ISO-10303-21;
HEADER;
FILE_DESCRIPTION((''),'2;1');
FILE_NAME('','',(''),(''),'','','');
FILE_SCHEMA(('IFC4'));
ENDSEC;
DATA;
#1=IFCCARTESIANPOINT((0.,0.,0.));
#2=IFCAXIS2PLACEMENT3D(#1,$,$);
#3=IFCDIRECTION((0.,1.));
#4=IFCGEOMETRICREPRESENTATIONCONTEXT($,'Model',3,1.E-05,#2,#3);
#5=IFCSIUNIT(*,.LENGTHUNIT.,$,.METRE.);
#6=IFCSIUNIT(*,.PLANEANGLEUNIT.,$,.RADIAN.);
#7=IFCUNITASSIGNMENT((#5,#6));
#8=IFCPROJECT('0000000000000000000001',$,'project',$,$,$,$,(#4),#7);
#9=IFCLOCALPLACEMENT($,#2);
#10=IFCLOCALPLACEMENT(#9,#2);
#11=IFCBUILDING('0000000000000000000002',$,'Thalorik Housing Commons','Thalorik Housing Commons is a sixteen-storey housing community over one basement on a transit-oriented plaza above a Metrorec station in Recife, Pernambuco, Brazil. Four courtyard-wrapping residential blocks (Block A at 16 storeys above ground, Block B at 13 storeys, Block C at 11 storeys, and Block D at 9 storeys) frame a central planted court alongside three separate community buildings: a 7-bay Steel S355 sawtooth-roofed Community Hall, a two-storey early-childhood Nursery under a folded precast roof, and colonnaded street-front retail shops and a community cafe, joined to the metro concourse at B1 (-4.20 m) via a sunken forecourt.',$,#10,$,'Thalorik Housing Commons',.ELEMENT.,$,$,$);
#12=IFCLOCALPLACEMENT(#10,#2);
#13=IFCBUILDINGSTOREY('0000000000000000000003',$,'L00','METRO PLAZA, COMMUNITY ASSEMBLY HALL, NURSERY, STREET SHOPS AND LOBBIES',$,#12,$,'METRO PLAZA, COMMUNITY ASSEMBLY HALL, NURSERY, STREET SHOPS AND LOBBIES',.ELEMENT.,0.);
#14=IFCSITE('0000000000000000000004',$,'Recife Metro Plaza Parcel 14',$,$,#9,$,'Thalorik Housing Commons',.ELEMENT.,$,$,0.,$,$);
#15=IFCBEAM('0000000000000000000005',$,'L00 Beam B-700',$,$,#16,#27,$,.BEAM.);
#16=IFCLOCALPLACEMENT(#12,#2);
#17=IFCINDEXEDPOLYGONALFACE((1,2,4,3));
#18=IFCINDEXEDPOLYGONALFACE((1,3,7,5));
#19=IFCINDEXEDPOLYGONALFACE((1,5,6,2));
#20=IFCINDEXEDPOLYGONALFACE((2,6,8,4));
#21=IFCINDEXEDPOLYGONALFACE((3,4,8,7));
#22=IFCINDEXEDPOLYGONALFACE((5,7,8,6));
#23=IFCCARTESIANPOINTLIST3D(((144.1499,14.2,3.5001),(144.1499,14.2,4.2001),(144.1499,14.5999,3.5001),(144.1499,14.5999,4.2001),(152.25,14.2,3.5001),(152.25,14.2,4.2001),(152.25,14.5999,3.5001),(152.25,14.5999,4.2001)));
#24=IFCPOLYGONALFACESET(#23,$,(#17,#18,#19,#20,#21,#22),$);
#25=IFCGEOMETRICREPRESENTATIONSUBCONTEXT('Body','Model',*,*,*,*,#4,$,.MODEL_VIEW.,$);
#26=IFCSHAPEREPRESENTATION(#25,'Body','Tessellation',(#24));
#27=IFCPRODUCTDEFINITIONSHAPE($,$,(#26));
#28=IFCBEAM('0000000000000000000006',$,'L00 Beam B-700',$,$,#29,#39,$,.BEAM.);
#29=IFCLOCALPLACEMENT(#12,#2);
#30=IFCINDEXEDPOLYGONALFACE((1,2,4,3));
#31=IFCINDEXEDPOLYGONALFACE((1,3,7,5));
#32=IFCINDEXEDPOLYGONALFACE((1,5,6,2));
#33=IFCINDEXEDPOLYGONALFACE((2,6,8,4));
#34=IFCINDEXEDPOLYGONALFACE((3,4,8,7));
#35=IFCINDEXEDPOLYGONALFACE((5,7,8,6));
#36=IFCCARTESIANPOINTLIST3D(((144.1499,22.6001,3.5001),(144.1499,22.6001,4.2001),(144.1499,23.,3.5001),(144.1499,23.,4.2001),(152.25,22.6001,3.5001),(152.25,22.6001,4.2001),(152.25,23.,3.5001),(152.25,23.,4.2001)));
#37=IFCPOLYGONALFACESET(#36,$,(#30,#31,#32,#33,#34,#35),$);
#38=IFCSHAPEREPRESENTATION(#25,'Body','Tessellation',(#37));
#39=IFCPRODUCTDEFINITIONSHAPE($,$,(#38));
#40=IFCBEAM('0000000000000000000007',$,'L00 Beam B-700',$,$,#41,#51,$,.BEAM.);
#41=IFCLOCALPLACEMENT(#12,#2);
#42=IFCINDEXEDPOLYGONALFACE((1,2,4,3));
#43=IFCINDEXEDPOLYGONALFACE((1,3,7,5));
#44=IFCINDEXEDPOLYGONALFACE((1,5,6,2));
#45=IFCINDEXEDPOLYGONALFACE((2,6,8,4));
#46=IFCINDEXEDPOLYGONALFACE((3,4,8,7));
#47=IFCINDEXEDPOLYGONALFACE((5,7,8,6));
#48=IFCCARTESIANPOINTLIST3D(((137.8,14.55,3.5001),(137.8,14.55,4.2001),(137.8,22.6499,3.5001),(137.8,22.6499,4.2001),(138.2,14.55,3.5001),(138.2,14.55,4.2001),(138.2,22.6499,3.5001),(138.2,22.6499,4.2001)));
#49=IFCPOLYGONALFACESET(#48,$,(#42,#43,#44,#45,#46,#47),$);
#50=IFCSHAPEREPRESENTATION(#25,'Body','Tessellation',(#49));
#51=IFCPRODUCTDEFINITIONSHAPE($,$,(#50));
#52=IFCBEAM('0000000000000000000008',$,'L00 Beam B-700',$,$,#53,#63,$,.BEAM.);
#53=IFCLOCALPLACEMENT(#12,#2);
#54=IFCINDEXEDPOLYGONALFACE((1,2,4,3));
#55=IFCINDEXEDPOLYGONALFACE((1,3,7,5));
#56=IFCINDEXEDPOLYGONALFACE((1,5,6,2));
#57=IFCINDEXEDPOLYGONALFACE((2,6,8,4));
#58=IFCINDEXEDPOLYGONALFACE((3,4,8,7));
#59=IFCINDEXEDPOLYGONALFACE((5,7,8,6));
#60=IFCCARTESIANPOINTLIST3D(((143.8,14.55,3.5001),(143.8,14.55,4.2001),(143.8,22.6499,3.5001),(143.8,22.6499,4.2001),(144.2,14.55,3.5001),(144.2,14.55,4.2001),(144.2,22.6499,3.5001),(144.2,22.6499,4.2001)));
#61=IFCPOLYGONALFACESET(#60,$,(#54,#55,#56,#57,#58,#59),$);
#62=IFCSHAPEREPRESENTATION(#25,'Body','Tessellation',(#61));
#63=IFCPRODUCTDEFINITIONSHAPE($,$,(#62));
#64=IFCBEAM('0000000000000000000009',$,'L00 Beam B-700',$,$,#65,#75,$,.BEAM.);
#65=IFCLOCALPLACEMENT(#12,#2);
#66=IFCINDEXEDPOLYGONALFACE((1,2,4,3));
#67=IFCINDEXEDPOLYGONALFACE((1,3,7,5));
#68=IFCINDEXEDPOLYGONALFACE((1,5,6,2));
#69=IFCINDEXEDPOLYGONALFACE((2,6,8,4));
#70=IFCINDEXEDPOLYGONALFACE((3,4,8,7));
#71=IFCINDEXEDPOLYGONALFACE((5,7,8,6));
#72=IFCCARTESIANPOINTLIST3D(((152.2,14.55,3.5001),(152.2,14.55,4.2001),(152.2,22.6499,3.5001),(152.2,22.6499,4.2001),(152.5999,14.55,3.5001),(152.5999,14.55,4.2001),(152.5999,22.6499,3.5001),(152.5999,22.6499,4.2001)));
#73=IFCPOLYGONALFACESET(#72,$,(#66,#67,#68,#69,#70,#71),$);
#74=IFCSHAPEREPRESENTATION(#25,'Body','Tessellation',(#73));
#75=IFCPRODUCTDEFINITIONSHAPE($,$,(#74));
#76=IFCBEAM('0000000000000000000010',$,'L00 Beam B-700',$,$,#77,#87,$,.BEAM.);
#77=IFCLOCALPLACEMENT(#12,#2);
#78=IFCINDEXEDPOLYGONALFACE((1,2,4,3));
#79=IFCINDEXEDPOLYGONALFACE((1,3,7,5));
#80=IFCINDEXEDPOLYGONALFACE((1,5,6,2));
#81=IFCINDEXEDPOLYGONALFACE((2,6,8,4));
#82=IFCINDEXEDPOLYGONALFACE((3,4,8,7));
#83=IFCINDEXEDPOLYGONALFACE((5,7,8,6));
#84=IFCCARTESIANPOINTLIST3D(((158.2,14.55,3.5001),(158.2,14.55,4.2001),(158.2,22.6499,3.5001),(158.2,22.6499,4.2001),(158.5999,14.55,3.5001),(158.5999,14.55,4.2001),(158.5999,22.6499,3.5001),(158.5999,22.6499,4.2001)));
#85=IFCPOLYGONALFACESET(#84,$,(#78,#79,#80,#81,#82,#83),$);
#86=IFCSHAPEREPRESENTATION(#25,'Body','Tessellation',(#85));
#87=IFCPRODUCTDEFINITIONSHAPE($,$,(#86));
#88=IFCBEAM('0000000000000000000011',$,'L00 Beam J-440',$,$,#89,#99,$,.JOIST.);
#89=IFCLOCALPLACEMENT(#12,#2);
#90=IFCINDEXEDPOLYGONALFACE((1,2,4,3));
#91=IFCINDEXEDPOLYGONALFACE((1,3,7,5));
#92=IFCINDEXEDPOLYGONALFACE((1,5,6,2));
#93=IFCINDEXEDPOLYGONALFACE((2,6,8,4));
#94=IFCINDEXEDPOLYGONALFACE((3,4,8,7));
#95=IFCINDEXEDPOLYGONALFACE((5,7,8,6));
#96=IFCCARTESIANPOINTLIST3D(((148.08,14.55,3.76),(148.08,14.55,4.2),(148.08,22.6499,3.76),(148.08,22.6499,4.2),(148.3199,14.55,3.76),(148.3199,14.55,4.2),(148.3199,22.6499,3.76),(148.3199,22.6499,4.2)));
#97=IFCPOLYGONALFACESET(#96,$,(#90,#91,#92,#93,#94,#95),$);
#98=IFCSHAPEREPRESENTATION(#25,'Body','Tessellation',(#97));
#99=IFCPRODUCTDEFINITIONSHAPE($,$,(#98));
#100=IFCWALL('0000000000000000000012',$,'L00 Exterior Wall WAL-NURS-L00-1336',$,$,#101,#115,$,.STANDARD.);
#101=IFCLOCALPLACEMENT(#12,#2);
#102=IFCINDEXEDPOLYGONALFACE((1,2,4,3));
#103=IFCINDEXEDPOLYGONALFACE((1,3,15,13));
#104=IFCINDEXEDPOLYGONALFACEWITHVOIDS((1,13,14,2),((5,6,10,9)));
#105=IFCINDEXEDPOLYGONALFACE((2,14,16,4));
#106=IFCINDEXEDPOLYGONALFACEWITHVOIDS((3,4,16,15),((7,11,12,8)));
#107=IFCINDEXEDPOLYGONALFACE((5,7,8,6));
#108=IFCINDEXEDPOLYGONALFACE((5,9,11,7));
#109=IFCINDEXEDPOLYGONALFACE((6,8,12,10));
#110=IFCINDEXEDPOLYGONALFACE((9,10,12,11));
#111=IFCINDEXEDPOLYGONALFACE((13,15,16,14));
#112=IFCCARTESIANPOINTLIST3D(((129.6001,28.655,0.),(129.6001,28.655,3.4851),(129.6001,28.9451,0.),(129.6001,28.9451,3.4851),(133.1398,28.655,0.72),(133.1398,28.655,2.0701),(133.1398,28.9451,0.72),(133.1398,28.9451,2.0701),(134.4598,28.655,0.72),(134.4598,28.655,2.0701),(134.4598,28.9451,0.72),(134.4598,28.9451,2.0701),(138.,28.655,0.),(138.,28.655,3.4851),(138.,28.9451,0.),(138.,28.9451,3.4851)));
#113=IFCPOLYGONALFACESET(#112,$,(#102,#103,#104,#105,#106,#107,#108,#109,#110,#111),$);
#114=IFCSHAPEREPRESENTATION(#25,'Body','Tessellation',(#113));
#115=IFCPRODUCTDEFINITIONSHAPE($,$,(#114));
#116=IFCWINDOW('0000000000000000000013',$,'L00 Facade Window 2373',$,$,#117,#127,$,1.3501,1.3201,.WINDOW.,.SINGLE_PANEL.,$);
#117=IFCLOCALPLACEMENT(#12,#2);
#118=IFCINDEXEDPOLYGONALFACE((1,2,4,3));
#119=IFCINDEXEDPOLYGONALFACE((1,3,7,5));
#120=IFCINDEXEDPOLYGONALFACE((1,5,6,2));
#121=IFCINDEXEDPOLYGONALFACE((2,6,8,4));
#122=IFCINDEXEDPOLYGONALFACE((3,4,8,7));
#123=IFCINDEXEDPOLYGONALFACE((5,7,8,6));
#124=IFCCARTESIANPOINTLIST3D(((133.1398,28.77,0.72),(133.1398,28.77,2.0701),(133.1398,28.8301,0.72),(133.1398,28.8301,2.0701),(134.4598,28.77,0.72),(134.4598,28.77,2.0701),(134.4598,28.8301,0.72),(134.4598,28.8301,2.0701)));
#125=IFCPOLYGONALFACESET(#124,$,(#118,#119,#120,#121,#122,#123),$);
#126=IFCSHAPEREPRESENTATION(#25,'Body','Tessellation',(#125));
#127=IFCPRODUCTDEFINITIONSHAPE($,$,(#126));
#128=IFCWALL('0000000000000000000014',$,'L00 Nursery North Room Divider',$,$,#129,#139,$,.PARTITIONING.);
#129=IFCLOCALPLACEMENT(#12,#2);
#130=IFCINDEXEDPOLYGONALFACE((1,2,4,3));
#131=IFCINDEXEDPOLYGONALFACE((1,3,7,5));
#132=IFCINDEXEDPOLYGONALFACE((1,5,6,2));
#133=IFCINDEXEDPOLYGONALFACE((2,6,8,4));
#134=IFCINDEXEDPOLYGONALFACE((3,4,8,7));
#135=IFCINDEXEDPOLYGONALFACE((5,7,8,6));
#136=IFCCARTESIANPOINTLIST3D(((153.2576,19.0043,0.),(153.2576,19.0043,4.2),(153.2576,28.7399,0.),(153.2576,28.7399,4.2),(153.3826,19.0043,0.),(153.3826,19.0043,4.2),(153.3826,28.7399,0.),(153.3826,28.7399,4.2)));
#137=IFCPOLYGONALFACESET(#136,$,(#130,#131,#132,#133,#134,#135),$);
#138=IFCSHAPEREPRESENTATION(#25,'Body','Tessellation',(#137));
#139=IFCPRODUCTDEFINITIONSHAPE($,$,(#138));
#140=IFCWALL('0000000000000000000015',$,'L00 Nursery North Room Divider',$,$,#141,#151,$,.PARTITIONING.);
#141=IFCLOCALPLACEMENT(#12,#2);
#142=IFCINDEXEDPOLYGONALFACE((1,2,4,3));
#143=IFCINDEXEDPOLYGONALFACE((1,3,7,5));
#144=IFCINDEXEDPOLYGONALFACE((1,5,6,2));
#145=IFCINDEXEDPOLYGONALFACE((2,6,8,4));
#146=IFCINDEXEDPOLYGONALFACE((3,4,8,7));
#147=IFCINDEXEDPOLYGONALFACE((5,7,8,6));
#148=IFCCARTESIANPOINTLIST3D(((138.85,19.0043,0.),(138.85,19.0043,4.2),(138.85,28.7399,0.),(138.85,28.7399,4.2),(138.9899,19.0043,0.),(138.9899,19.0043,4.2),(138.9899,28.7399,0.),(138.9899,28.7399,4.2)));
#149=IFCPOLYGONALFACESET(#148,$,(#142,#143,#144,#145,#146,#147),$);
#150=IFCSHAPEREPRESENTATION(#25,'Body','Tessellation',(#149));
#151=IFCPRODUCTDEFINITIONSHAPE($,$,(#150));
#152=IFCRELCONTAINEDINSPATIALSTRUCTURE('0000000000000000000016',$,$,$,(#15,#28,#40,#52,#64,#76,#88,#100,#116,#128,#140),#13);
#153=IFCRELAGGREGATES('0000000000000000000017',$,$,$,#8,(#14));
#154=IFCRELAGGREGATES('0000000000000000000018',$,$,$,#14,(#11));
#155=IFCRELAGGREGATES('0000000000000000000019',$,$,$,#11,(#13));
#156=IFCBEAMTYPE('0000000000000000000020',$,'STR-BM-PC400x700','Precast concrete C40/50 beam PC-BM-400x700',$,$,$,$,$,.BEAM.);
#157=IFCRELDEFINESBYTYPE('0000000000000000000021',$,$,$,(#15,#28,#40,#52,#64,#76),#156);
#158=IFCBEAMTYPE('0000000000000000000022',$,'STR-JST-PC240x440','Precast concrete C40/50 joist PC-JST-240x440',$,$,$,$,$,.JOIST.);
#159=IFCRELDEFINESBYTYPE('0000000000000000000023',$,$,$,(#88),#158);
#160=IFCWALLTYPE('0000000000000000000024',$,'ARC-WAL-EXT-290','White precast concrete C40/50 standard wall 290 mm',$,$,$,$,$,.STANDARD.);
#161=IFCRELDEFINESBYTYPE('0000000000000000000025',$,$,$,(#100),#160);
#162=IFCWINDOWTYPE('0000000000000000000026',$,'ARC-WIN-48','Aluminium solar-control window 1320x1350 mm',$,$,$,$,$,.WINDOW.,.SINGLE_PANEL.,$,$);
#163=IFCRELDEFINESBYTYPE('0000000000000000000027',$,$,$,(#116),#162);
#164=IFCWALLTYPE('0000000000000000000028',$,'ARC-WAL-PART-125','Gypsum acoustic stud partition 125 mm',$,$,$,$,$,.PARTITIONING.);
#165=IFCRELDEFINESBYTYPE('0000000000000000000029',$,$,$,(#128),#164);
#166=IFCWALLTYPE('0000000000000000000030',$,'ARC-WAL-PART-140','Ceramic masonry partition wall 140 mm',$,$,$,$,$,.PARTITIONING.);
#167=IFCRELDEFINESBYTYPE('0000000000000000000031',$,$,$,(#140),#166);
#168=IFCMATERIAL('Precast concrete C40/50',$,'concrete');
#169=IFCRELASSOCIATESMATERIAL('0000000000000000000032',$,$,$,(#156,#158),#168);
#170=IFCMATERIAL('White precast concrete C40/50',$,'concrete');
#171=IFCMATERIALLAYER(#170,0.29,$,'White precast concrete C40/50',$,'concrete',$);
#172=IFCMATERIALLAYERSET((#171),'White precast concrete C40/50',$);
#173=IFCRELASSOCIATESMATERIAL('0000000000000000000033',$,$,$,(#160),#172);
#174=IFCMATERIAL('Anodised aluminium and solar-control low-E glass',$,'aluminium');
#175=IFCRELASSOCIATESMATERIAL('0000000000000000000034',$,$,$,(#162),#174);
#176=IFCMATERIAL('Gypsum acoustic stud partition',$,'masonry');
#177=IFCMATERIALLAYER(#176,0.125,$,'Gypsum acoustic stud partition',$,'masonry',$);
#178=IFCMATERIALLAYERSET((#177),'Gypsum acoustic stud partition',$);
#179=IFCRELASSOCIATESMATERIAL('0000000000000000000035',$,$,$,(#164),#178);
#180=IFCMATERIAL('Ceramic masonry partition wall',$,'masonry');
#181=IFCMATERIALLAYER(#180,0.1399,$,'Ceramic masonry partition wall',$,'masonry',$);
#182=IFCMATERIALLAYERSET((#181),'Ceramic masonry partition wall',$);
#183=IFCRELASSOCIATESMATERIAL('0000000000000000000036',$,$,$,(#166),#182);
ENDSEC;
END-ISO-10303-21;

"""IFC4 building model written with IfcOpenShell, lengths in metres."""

from ifc_helpers import new_model, si_unit, direction, frame, frame_2d, origin, origin_2d, place, context, subcontext, project, spatial, rectangle, extrude, material, layer, layer_set, material_profile, profile_set, type_object, element, fill, save


model = new_model("IFC4")

# Units and contexts
model_context = context("Model", 3, precision=1e-05, world=origin(), true_north=direction((0.0, 1.0)))
body_context = subcontext(model_context, "Body", "Model", "MODEL_VIEW")
ifc_project = project(units=[si_unit("LENGTHUNIT", "METRE"), si_unit("PLANEANGLEUNIT", "RADIAN")], contexts=[model_context])

# Site, building, storey
site_placement = place(None, origin())
site = spatial("IfcSite", under=ifc_project, at=site_placement, Name="Recife Metro Plaza Parcel 14", LongName="Thalorik Housing Commons", CompositionType="ELEMENT", RefElevation=0.0)
building_placement = place(site_placement, origin())
building = spatial("IfcBuilding", under=site, at=building_placement, Name="Thalorik Housing Commons", Description="Thalorik Housing Commons is a sixteen-storey housing community over one basement on a transit-oriented plaza above a Metrorec station in Recife, Pernambuco, Brazil. Four courtyard-wrapping residential blocks (Block A at 16 storeys above ground, Block B at 13 storeys, Block C at 11 storeys, and Block D at 9 storeys) frame a central planted court alongside three separate community buildings: a 7-bay Steel S355 sawtooth-roofed Community Hall, a two-storey early-childhood Nursery under a folded precast roof, and colonnaded street-front retail shops and a community cafe, joined to the metro concourse at B1 (-4.20 m) via a sunken forecourt.", LongName="Thalorik Housing Commons", CompositionType="ELEMENT")
storey_placement = place(building_placement, origin())
storey = spatial("IfcBuildingStorey", under=building, at=storey_placement, Name="L00", Description="METRO PLAZA, COMMUNITY ASSEMBLY HALL, NURSERY, STREET SHOPS AND LOBBIES", LongName="METRO PLAZA, COMMUNITY ASSEMBLY HALL, NURSERY, STREET SHOPS AND LOBBIES", CompositionType="ELEMENT", Elevation=0.0)

# Shared definitions
ifc_material_1 = material(Name="Precast concrete C40/50", Category="concrete")

# Beams
ifc_material_profile_1 = material_profile(ifc_material_1, rectangle(XDim=0.3999, YDim=0.7, at=origin_2d()), Name="PC 400x700", Category="concrete")
ifc_profile_set_1 = profile_set([ifc_material_profile_1], Name="Precast concrete C40/50")
beam_type_1 = type_object("IfcBeamType", Name="STR-BM-PC400x700", Description="Precast concrete C40/50 beam PC-BM-400x700", PredefinedType="BEAM", material=ifc_profile_set_1)
for number, where, z_axis, x_axis, name in (
    (1, (144.1499, 14.3999, 3.8501), (1.0, 0.0, 0.0), (0.0, 1.0, 0.0), "L00 Beam B-700"),
    (2, (144.1499, 22.8, 3.8501), (1.0, 0.0, 0.0), (0.0, 1.0, 0.0), "L00 Beam B-700"),
):
    element("IfcBeam", number, at=place(storey_placement, frame(where, z_axis=z_axis, x_axis=x_axis)), inside=storey, type_object=beam_type_1, Name=name, PredefinedType="BEAM", context=body_context, shape_type="SweptSolid", body=[
        extrude(rectangle(XDim=0.3999, YDim=0.7, at=origin_2d()), origin(), (0.0, 0.0, 1.0), 8.1001),
    ])
for number, where, z_axis, x_axis, name in (
    (3, (138.0, 14.55, 3.8501), (0.0, 1.0, 0.0), (-1.0, 0.0, 0.0), "L00 Beam B-700"),
    (4, (144.0, 14.55, 3.8501), (0.0, 1.0, 0.0), (-1.0, 0.0, 0.0), "L00 Beam B-700"),
    (5, (152.3999, 14.55, 3.8501), (0.0, 1.0, 0.0), (-1.0, 0.0, 0.0), "L00 Beam B-700"),
    (6, (158.3999, 14.55, 3.8501), (0.0, 1.0, 0.0), (-1.0, 0.0, 0.0), "L00 Beam B-700"),
):
    element("IfcBeam", number, at=place(storey_placement, frame(where, z_axis=z_axis, x_axis=x_axis)), inside=storey, type_object=beam_type_1, Name=name, PredefinedType="BEAM", context=body_context, shape_type="SweptSolid", body=[
        extrude(rectangle(XDim=0.3999, YDim=0.7, at=origin_2d()), origin(), (0.0, 0.0, 1.0), 8.0999),
    ])
ifc_material_profile_2 = material_profile(ifc_material_1, rectangle(XDim=0.24, YDim=0.4399, at=origin_2d()), Name="PC JST 240x440", Category="concrete")
ifc_profile_set_2 = profile_set([ifc_material_profile_2], Name="Precast concrete C40/50")
beam_type_2 = type_object("IfcBeamType", Name="STR-JST-PC240x440", Description="Precast concrete C40/50 joist PC-JST-240x440", PredefinedType="JOIST", material=ifc_profile_set_2)
beam_1_placement = place(storey_placement, frame((148.2, 14.55, 3.98), z_axis=(0.0, 1.0, 0.0), x_axis=(-1.0, 0.0, 0.0)))
element("IfcBeam", 7, at=beam_1_placement, inside=storey, type_object=beam_type_2, Name="L00 Beam J-440", PredefinedType="JOIST", context=body_context, shape_type="SweptSolid", body=[
    extrude(rectangle(XDim=0.24, YDim=0.4399, at=origin_2d()), origin(), (0.0, 0.0, 1.0), 8.0999),
])

# Wall, opening, window
ifc_material_2 = material(Name="White precast concrete C40/50", Category="concrete")
ifc_layer_1 = layer(ifc_material_2, 0.29, Name="White precast concrete C40/50", Category="concrete")
ifc_layer_set_1 = layer_set([ifc_layer_1], Name="White precast concrete C40/50")
wall_type_1 = type_object("IfcWallType", Name="ARC-WAL-EXT-290", Description="White precast concrete C40/50 standard wall 290 mm", PredefinedType="STANDARD", material=ifc_layer_set_1)
wall_1_placement = place(storey_placement, frame((138.0, 28.8, 0.0), z_axis=(0.0, 0.0, 1.0), x_axis=(-1.0, 0.0, 0.0)))
wall_1 = element("IfcWall", 8, at=wall_1_placement, inside=storey, type_object=wall_type_1, Name="L00 Exterior Wall WAL-NURS-L00-1336", PredefinedType="STANDARD", context=body_context, shape_type="SweptSolid", body=[
    extrude(rectangle(XDim=8.3999, YDim=0.29, at=frame_2d((4.2, 0.0))), origin(), (0.0, 0.0, 1.0), 3.4851),
])
opening_placement = place(wall_1_placement, frame((3.54, 0.0, 0.72)))
opening = element("IfcOpeningElement", 9, at=opening_placement, cuts=wall_1, PredefinedType="OPENING", context=body_context, shape_type="SweptSolid", body=[
    extrude(rectangle(XDim=1.3201, YDim=1.3501, at=frame_2d((0.6602, 0.675))), frame((0.0, 0.155, 0.0), z_axis=(0.0, -1.0, 0.0), x_axis=(1.0, 0.0, 0.0)), (0.0, 0.0, 1.0), 0.3101),
])
ifc_material_3 = material(Name="Anodised aluminium and solar-control low-E glass", Category="aluminium")
window_type = type_object("IfcWindowType", Name="ARC-WIN-48", Description="Aluminium solar-control window 1320x1350 mm", PartitioningType="SINGLE_PANEL", PredefinedType="WINDOW", material=ifc_material_3)
window_placement = place(opening_placement, origin())
window = element("IfcWindow", 10, at=window_placement, inside=storey, type_object=window_type, Name="L00 Facade Window 2373", OverallHeight=1.3501, OverallWidth=1.3201, PartitioningType="SINGLE_PANEL", PredefinedType="WINDOW", context=body_context, shape_type="SweptSolid", body=[
    extrude(rectangle(XDim=1.3201, YDim=1.3501, at=frame_2d((0.6602, 0.675))), frame((0.0, 0.03, 0.0), z_axis=(0.0, -1.0, 0.0), x_axis=(1.0, 0.0, 0.0)), (0.0, 0.0, 1.0), 0.0601),
])
fill(opening, window)

# Walls
ifc_material_4 = material(Name="Gypsum acoustic stud partition", Category="masonry")
ifc_layer_2 = layer(ifc_material_4, 0.125, Name="Gypsum acoustic stud partition", Category="masonry")
ifc_layer_set_2 = layer_set([ifc_layer_2], Name="Gypsum acoustic stud partition")
wall_type_2 = type_object("IfcWallType", Name="ARC-WAL-PART-125", Description="Gypsum acoustic stud partition 125 mm", PredefinedType="PARTITIONING", material=ifc_layer_set_2)
wall_2_placement = place(storey_placement, frame((153.3201, 19.0044, 0.0), z_axis=(0.0, 0.0, 1.0), x_axis=(0.0, 1.0, 0.0)))
element("IfcWall", 11, at=wall_2_placement, inside=storey, type_object=wall_type_2, Name="L00 Nursery North Room Divider", PredefinedType="PARTITIONING", context=body_context, shape_type="SweptSolid", body=[
    extrude(rectangle(XDim=9.7356, YDim=0.125, at=frame_2d((4.8677, 0.0))), origin(), (0.0, 0.0, 1.0), 4.2),
])
ifc_material_5 = material(Name="Ceramic masonry partition wall", Category="masonry")
ifc_layer_3 = layer(ifc_material_5, 0.1399, Name="Ceramic masonry partition wall", Category="masonry")
ifc_layer_set_3 = layer_set([ifc_layer_3], Name="Ceramic masonry partition wall")
wall_type_3 = type_object("IfcWallType", Name="ARC-WAL-PART-140", Description="Ceramic masonry partition wall 140 mm", PredefinedType="PARTITIONING", material=ifc_layer_set_3)
wall_3_placement = place(storey_placement, frame((138.9199, 19.0044, 0.0), z_axis=(0.0, 0.0, 1.0), x_axis=(0.0, 1.0, 0.0)))
element("IfcWall", 12, at=wall_3_placement, inside=storey, type_object=wall_type_3, Name="L00 Nursery North Room Divider", PredefinedType="PARTITIONING", context=body_context, shape_type="SweptSolid", body=[
    extrude(rectangle(XDim=9.7356, YDim=0.1399, at=frame_2d((4.8677, 0.0))), origin(), (0.0, 0.0, 1.0), 4.2),
])

save(model, "model.ifc")
